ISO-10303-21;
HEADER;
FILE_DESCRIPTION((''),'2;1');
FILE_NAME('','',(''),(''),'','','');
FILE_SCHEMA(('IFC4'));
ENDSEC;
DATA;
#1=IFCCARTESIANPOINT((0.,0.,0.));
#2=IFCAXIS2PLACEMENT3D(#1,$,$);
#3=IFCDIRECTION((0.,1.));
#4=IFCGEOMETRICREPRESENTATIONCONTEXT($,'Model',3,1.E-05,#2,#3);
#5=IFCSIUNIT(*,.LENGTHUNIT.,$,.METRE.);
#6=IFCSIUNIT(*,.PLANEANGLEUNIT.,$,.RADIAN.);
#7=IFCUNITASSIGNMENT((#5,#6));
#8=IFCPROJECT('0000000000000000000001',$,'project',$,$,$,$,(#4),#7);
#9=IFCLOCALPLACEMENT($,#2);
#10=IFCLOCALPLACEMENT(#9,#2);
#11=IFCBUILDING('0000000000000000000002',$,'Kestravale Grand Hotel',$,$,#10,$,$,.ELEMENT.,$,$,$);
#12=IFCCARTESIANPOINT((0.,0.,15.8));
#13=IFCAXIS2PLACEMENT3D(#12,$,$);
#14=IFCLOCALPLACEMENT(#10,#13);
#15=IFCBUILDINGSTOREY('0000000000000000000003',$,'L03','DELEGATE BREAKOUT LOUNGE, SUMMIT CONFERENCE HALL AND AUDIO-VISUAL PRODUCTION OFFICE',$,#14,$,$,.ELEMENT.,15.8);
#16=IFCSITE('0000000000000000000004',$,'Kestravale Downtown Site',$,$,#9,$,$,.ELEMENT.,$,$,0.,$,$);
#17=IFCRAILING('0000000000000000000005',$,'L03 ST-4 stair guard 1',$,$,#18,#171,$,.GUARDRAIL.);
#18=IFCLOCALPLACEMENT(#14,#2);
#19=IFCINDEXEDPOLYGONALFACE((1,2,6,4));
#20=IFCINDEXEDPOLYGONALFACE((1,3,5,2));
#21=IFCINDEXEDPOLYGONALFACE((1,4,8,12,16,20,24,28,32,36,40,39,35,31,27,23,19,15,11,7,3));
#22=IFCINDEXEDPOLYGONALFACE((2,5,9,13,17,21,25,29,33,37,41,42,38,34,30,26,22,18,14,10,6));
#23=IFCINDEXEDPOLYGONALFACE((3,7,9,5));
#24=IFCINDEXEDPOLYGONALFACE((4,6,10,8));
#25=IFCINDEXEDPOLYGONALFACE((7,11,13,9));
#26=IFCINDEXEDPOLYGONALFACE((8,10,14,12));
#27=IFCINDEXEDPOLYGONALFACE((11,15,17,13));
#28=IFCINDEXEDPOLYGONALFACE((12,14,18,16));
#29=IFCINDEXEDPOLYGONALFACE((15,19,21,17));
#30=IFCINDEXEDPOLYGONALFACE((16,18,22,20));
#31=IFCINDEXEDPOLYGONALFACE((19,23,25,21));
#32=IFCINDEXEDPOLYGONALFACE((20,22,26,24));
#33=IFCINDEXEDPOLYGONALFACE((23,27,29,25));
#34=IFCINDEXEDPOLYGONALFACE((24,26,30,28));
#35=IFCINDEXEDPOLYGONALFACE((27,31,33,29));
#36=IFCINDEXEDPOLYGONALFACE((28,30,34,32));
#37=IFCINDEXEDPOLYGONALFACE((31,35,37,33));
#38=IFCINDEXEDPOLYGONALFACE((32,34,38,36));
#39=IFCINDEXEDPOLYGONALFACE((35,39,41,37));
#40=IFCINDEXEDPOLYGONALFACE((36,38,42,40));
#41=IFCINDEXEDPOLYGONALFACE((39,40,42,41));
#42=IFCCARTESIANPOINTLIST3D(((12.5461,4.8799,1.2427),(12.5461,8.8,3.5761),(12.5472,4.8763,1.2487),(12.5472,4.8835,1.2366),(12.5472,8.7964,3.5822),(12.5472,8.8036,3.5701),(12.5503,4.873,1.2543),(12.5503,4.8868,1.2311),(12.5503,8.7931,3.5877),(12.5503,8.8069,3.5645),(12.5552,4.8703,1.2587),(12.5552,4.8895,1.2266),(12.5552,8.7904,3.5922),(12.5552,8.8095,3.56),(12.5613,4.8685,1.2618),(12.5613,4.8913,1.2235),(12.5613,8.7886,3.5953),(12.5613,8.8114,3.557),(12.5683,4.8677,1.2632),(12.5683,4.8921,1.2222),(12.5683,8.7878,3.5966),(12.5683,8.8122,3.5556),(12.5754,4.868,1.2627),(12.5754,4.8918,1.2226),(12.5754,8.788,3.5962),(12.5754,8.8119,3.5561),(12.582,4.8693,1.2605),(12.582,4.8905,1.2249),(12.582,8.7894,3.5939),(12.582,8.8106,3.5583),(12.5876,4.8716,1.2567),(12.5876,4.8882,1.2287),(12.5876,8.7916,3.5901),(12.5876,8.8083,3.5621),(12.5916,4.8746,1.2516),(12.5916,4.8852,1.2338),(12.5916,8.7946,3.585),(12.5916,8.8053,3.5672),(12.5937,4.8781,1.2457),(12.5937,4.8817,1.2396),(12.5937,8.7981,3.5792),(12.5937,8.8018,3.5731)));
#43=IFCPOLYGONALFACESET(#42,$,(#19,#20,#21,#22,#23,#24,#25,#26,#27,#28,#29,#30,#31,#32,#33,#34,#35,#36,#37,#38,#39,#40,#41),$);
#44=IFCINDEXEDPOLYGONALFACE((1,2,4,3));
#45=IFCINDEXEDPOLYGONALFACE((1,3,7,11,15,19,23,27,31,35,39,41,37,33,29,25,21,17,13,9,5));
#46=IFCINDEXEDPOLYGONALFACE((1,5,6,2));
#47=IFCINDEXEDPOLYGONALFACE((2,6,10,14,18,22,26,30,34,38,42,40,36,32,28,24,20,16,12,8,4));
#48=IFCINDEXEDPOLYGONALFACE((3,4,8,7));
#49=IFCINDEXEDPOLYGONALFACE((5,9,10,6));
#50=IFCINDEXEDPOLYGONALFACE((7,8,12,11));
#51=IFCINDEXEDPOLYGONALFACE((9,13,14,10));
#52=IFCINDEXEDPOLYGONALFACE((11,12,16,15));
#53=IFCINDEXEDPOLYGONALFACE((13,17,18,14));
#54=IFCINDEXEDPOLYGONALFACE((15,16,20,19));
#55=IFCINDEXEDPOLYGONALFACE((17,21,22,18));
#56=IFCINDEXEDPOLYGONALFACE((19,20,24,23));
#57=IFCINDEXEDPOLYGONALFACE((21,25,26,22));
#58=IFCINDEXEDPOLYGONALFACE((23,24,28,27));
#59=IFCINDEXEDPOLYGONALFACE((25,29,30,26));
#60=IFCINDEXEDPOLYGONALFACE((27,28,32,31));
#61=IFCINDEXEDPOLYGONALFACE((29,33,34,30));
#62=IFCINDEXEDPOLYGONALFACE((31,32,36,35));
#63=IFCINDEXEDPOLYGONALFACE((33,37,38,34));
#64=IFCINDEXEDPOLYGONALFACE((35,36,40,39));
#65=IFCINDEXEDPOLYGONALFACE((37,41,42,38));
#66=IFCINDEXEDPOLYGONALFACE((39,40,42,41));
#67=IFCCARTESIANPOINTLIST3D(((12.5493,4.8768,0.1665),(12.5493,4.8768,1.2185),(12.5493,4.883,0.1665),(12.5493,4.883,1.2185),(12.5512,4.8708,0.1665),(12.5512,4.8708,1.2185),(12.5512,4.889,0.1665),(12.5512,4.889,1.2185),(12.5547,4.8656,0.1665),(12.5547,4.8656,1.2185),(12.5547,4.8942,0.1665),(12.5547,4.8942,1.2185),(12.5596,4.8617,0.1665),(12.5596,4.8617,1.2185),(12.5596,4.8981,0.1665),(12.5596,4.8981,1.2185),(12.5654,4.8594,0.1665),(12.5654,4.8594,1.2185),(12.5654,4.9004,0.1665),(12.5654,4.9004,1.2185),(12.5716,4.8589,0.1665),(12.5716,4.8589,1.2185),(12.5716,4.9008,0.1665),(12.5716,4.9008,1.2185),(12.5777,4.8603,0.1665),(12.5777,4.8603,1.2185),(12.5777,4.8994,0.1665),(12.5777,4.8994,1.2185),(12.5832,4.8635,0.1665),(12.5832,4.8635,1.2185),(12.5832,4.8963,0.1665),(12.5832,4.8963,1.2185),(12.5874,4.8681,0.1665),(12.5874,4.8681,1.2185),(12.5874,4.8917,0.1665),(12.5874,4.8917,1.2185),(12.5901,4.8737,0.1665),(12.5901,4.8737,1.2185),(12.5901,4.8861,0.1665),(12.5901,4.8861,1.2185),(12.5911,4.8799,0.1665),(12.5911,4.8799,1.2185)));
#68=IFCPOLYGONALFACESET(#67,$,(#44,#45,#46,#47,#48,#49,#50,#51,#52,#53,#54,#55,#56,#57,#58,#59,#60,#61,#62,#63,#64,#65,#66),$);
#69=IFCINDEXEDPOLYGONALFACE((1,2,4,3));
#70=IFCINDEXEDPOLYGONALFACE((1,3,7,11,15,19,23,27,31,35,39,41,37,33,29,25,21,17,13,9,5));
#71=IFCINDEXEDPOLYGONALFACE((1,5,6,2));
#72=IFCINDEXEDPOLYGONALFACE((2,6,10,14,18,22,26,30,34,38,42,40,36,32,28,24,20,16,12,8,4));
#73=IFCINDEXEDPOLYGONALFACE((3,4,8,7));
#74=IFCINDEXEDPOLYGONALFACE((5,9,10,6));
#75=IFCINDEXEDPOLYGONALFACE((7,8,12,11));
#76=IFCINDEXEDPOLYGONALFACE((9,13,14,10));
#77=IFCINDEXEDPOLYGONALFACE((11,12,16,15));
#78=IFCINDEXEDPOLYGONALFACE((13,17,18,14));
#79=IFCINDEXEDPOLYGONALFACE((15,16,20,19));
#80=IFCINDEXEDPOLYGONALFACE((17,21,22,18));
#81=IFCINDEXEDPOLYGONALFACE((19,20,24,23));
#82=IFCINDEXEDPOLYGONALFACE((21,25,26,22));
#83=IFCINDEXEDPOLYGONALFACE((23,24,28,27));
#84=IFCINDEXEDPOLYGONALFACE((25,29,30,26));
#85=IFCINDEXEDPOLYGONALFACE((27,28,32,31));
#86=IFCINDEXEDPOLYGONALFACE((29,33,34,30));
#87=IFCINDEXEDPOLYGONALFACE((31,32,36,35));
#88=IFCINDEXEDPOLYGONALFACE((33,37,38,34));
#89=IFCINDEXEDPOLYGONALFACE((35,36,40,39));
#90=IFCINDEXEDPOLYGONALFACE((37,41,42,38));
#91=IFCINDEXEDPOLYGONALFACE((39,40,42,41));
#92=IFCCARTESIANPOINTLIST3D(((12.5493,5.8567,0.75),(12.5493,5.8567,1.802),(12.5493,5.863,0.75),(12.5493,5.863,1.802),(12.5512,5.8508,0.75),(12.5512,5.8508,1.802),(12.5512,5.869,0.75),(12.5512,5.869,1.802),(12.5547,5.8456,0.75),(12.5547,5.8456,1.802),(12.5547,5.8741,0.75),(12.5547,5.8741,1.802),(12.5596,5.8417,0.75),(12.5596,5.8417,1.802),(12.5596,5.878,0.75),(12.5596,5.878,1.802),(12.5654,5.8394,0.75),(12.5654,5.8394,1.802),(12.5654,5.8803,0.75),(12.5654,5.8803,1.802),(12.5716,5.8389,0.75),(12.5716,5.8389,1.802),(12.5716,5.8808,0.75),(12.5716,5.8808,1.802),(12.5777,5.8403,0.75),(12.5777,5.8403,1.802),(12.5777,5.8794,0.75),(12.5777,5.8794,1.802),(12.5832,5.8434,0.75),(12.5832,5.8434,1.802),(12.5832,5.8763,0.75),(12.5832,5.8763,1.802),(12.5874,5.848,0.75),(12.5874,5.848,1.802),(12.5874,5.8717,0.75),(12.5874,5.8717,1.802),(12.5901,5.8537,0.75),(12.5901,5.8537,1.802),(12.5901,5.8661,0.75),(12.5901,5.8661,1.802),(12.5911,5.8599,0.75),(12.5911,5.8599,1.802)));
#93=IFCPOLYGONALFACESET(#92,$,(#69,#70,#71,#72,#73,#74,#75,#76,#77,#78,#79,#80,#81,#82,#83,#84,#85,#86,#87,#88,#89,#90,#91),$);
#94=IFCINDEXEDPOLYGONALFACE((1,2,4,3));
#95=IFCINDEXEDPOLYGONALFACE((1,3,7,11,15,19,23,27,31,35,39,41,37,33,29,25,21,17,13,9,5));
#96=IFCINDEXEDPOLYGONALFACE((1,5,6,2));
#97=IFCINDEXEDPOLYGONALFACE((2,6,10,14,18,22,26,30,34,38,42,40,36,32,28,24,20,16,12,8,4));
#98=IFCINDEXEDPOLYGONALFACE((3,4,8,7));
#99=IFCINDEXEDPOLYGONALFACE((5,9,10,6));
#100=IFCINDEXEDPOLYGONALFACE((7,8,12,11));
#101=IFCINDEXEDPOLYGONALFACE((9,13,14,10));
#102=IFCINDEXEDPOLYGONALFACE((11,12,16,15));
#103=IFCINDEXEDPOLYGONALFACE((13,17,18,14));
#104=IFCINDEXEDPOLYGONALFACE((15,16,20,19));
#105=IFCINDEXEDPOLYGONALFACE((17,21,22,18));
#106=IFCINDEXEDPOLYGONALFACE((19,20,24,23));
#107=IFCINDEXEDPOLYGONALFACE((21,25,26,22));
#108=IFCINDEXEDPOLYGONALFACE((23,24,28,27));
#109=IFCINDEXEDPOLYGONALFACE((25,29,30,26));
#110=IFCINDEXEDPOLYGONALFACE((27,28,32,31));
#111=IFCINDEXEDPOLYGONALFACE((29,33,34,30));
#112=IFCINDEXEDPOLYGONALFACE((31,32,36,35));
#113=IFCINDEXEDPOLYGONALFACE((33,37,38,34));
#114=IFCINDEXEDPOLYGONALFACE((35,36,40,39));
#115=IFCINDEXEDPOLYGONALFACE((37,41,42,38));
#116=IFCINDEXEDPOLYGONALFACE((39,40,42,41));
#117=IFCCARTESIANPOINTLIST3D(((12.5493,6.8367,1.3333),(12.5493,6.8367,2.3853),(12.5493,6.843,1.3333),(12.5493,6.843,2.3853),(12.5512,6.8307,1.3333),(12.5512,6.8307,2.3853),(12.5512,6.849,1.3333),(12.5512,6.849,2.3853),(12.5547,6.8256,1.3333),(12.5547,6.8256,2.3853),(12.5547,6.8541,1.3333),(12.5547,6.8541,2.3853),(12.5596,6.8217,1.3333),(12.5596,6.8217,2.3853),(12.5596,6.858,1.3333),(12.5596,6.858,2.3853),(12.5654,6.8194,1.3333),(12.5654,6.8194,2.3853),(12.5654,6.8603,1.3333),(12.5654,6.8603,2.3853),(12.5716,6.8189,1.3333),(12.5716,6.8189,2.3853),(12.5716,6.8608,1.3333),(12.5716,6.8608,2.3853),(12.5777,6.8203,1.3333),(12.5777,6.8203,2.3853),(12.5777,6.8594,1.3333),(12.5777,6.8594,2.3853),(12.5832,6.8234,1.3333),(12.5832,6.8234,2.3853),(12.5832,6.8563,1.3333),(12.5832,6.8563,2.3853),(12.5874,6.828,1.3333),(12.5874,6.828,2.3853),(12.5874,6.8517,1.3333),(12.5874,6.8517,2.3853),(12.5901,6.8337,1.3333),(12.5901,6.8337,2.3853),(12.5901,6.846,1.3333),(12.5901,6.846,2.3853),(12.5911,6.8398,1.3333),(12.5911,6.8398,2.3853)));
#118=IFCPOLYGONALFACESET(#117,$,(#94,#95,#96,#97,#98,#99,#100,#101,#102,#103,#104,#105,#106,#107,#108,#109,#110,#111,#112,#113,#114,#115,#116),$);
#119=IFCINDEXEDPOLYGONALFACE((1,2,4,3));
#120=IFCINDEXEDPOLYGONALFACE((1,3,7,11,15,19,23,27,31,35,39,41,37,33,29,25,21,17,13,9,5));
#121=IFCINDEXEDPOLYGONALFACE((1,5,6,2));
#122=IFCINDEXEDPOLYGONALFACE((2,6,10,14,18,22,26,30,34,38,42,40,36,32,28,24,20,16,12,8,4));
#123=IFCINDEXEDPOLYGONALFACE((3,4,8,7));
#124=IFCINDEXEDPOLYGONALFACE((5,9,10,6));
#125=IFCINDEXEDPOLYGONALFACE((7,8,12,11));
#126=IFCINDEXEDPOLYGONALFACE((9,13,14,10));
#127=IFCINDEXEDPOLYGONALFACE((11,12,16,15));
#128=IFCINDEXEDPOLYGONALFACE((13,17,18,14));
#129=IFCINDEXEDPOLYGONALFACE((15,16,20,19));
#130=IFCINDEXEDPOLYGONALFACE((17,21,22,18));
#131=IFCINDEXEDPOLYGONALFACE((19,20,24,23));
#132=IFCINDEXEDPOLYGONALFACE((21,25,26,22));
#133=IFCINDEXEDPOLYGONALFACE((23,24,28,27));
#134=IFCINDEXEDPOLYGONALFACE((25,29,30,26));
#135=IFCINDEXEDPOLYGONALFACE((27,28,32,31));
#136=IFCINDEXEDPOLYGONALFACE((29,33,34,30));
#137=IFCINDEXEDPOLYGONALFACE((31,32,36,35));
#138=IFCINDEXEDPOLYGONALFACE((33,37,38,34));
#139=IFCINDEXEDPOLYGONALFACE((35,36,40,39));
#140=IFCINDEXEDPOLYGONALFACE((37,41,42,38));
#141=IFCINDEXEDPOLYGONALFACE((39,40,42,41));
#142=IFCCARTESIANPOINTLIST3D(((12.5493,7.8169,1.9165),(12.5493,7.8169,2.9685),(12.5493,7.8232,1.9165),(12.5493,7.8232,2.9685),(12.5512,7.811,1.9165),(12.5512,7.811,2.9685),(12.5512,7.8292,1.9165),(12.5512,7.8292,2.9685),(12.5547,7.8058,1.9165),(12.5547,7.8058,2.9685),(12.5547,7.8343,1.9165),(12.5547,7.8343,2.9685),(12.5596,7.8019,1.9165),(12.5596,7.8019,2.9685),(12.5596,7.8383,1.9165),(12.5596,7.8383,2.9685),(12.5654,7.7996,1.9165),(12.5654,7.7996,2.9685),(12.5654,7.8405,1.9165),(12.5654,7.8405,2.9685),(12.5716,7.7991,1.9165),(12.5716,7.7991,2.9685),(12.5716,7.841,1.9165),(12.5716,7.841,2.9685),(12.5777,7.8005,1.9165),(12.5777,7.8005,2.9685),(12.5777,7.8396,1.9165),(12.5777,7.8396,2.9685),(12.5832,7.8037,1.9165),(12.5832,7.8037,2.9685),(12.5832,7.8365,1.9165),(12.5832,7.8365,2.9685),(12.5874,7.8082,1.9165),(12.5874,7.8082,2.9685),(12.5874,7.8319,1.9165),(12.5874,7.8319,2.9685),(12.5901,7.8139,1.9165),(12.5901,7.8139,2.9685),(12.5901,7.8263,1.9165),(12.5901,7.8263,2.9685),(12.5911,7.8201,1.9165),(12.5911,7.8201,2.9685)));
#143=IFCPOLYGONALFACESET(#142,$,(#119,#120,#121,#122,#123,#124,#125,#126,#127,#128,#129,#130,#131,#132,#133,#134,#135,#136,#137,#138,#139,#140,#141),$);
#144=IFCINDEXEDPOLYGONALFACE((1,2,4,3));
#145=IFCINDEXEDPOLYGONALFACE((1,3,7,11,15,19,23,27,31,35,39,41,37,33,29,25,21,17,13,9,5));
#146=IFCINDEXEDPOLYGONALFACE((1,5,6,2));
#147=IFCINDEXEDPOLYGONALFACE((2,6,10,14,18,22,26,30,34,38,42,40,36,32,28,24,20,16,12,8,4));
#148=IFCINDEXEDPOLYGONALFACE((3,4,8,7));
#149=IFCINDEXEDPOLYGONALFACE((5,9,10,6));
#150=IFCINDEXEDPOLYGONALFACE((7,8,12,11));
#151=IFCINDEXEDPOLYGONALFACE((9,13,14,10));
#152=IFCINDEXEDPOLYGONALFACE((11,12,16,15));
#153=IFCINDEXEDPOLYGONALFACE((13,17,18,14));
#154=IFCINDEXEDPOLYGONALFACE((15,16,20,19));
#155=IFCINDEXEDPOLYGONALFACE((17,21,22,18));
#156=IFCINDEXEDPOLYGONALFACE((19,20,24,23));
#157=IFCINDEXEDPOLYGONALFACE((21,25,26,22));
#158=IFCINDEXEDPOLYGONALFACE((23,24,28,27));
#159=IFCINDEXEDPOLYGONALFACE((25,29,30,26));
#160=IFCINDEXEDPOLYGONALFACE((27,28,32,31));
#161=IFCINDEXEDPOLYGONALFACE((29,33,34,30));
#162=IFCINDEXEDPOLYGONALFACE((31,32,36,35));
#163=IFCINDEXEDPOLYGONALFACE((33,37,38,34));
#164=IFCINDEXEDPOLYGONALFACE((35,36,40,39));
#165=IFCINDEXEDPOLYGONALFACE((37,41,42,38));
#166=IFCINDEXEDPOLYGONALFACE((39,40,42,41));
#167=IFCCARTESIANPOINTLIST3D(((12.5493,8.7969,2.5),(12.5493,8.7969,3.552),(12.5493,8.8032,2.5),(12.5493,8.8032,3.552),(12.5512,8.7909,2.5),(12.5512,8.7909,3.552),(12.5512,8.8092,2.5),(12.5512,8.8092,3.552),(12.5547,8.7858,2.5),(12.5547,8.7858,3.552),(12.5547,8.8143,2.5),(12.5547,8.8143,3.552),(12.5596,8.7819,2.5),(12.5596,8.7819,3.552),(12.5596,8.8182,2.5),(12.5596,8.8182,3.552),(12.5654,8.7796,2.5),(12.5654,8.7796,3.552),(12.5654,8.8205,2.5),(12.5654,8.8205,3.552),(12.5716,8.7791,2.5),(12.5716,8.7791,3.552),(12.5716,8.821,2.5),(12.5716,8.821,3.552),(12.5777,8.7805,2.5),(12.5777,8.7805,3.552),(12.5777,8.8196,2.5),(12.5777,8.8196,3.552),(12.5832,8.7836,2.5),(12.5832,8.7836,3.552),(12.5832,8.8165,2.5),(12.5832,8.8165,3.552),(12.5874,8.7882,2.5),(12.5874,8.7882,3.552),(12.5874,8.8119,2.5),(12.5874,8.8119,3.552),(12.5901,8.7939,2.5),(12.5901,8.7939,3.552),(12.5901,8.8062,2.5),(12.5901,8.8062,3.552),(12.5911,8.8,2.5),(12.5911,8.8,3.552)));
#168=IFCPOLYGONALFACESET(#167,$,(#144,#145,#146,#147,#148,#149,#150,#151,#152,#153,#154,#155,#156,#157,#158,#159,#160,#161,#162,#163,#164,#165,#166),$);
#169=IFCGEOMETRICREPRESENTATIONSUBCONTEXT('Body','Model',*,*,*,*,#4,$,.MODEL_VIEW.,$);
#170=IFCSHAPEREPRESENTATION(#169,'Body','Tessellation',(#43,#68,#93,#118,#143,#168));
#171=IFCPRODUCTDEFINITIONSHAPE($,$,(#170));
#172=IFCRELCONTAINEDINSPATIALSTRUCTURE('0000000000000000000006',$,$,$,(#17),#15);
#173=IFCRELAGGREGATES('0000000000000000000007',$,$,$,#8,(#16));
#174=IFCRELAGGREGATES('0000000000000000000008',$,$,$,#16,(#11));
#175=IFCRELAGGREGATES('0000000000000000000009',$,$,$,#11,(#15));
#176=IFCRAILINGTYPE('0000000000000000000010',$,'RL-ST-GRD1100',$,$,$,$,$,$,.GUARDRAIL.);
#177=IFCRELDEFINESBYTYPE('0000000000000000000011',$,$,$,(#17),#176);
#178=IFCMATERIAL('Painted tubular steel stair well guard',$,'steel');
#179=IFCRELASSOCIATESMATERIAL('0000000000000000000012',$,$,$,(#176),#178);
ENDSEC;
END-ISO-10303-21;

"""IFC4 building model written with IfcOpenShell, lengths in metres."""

from ifc_helpers import new_model, si_unit, direction, frame, origin, origin_2d, place, context, subcontext, project, spatial, circle, extrude, material, type_object, element, save


model = new_model("IFC4")

# Units and contexts
model_context = context("Model", 3, precision=1e-05, world=origin(), true_north=direction((0.0, 1.0)))
body_context = subcontext(model_context, "Body", "Model", "MODEL_VIEW")
ifc_project = project(units=[si_unit("LENGTHUNIT", "METRE"), si_unit("PLANEANGLEUNIT", "RADIAN")], contexts=[model_context])

# Site, building, storey
site_placement = place(None, origin())
site = spatial("IfcSite", under=ifc_project, at=site_placement, Name="Kestravale Downtown Site", CompositionType="ELEMENT", RefElevation=0.0)
building_placement = place(site_placement, origin())
building = spatial("IfcBuilding", under=site, at=building_placement, Name="Kestravale Grand Hotel", CompositionType="ELEMENT")
storey_placement = place(building_placement, frame((0.0, 0.0, 15.8)))
storey = spatial("IfcBuildingStorey", under=building, at=storey_placement, Name="L03", Description="DELEGATE BREAKOUT LOUNGE, SUMMIT CONFERENCE HALL AND AUDIO-VISUAL PRODUCTION OFFICE", CompositionType="ELEMENT", Elevation=15.8)

# Railing
ifc_material_1 = material(Name="Painted tubular steel stair well guard", Category="steel")
railing_type_1 = type_object("IfcRailingType", Name="RL-ST-GRD1100", PredefinedType="GUARDRAIL", material=ifc_material_1)
railing_1_placement = place(storey_placement, frame((12.5701, 4.8799, 0.1665)))
element("IfcRailing", 1, at=railing_1_placement, inside=storey, type_object=railing_type_1, Name="L03 ST-4 stair guard 1", PredefinedType="GUARDRAIL", context=body_context, shape_type="SweptSolid", body=[
    extrude(circle(Radius=0.0239, at=origin_2d()), frame((0.0, 0.0, 1.0762), z_axis=(0.0, 0.859287, 0.511494), x_axis=(-1.0, 0.0, 0.0)), (0.0, 0.0, 1.0), 4.562),
    extrude(circle(Radius=0.021, at=origin_2d()), origin(), (0.0, 0.0, 1.0), 1.052),
    extrude(circle(Radius=0.021, at=origin_2d()), frame((0.0, 0.98, 0.5835)), (0.0, 0.0, 1.0), 1.052),
    extrude(circle(Radius=0.021, at=origin_2d()), frame((0.0, 1.96, 1.1667)), (0.0, 0.0, 1.0), 1.052),
    extrude(circle(Radius=0.021, at=origin_2d()), frame((0.0, 2.9402, 1.75)), (0.0, 0.0, 1.0), 1.052),
    extrude(circle(Radius=0.021, at=origin_2d()), frame((0.0, 3.9202, 2.3335)), (0.0, 0.0, 1.0), 1.052),
])

save(model, "model.ifc")
